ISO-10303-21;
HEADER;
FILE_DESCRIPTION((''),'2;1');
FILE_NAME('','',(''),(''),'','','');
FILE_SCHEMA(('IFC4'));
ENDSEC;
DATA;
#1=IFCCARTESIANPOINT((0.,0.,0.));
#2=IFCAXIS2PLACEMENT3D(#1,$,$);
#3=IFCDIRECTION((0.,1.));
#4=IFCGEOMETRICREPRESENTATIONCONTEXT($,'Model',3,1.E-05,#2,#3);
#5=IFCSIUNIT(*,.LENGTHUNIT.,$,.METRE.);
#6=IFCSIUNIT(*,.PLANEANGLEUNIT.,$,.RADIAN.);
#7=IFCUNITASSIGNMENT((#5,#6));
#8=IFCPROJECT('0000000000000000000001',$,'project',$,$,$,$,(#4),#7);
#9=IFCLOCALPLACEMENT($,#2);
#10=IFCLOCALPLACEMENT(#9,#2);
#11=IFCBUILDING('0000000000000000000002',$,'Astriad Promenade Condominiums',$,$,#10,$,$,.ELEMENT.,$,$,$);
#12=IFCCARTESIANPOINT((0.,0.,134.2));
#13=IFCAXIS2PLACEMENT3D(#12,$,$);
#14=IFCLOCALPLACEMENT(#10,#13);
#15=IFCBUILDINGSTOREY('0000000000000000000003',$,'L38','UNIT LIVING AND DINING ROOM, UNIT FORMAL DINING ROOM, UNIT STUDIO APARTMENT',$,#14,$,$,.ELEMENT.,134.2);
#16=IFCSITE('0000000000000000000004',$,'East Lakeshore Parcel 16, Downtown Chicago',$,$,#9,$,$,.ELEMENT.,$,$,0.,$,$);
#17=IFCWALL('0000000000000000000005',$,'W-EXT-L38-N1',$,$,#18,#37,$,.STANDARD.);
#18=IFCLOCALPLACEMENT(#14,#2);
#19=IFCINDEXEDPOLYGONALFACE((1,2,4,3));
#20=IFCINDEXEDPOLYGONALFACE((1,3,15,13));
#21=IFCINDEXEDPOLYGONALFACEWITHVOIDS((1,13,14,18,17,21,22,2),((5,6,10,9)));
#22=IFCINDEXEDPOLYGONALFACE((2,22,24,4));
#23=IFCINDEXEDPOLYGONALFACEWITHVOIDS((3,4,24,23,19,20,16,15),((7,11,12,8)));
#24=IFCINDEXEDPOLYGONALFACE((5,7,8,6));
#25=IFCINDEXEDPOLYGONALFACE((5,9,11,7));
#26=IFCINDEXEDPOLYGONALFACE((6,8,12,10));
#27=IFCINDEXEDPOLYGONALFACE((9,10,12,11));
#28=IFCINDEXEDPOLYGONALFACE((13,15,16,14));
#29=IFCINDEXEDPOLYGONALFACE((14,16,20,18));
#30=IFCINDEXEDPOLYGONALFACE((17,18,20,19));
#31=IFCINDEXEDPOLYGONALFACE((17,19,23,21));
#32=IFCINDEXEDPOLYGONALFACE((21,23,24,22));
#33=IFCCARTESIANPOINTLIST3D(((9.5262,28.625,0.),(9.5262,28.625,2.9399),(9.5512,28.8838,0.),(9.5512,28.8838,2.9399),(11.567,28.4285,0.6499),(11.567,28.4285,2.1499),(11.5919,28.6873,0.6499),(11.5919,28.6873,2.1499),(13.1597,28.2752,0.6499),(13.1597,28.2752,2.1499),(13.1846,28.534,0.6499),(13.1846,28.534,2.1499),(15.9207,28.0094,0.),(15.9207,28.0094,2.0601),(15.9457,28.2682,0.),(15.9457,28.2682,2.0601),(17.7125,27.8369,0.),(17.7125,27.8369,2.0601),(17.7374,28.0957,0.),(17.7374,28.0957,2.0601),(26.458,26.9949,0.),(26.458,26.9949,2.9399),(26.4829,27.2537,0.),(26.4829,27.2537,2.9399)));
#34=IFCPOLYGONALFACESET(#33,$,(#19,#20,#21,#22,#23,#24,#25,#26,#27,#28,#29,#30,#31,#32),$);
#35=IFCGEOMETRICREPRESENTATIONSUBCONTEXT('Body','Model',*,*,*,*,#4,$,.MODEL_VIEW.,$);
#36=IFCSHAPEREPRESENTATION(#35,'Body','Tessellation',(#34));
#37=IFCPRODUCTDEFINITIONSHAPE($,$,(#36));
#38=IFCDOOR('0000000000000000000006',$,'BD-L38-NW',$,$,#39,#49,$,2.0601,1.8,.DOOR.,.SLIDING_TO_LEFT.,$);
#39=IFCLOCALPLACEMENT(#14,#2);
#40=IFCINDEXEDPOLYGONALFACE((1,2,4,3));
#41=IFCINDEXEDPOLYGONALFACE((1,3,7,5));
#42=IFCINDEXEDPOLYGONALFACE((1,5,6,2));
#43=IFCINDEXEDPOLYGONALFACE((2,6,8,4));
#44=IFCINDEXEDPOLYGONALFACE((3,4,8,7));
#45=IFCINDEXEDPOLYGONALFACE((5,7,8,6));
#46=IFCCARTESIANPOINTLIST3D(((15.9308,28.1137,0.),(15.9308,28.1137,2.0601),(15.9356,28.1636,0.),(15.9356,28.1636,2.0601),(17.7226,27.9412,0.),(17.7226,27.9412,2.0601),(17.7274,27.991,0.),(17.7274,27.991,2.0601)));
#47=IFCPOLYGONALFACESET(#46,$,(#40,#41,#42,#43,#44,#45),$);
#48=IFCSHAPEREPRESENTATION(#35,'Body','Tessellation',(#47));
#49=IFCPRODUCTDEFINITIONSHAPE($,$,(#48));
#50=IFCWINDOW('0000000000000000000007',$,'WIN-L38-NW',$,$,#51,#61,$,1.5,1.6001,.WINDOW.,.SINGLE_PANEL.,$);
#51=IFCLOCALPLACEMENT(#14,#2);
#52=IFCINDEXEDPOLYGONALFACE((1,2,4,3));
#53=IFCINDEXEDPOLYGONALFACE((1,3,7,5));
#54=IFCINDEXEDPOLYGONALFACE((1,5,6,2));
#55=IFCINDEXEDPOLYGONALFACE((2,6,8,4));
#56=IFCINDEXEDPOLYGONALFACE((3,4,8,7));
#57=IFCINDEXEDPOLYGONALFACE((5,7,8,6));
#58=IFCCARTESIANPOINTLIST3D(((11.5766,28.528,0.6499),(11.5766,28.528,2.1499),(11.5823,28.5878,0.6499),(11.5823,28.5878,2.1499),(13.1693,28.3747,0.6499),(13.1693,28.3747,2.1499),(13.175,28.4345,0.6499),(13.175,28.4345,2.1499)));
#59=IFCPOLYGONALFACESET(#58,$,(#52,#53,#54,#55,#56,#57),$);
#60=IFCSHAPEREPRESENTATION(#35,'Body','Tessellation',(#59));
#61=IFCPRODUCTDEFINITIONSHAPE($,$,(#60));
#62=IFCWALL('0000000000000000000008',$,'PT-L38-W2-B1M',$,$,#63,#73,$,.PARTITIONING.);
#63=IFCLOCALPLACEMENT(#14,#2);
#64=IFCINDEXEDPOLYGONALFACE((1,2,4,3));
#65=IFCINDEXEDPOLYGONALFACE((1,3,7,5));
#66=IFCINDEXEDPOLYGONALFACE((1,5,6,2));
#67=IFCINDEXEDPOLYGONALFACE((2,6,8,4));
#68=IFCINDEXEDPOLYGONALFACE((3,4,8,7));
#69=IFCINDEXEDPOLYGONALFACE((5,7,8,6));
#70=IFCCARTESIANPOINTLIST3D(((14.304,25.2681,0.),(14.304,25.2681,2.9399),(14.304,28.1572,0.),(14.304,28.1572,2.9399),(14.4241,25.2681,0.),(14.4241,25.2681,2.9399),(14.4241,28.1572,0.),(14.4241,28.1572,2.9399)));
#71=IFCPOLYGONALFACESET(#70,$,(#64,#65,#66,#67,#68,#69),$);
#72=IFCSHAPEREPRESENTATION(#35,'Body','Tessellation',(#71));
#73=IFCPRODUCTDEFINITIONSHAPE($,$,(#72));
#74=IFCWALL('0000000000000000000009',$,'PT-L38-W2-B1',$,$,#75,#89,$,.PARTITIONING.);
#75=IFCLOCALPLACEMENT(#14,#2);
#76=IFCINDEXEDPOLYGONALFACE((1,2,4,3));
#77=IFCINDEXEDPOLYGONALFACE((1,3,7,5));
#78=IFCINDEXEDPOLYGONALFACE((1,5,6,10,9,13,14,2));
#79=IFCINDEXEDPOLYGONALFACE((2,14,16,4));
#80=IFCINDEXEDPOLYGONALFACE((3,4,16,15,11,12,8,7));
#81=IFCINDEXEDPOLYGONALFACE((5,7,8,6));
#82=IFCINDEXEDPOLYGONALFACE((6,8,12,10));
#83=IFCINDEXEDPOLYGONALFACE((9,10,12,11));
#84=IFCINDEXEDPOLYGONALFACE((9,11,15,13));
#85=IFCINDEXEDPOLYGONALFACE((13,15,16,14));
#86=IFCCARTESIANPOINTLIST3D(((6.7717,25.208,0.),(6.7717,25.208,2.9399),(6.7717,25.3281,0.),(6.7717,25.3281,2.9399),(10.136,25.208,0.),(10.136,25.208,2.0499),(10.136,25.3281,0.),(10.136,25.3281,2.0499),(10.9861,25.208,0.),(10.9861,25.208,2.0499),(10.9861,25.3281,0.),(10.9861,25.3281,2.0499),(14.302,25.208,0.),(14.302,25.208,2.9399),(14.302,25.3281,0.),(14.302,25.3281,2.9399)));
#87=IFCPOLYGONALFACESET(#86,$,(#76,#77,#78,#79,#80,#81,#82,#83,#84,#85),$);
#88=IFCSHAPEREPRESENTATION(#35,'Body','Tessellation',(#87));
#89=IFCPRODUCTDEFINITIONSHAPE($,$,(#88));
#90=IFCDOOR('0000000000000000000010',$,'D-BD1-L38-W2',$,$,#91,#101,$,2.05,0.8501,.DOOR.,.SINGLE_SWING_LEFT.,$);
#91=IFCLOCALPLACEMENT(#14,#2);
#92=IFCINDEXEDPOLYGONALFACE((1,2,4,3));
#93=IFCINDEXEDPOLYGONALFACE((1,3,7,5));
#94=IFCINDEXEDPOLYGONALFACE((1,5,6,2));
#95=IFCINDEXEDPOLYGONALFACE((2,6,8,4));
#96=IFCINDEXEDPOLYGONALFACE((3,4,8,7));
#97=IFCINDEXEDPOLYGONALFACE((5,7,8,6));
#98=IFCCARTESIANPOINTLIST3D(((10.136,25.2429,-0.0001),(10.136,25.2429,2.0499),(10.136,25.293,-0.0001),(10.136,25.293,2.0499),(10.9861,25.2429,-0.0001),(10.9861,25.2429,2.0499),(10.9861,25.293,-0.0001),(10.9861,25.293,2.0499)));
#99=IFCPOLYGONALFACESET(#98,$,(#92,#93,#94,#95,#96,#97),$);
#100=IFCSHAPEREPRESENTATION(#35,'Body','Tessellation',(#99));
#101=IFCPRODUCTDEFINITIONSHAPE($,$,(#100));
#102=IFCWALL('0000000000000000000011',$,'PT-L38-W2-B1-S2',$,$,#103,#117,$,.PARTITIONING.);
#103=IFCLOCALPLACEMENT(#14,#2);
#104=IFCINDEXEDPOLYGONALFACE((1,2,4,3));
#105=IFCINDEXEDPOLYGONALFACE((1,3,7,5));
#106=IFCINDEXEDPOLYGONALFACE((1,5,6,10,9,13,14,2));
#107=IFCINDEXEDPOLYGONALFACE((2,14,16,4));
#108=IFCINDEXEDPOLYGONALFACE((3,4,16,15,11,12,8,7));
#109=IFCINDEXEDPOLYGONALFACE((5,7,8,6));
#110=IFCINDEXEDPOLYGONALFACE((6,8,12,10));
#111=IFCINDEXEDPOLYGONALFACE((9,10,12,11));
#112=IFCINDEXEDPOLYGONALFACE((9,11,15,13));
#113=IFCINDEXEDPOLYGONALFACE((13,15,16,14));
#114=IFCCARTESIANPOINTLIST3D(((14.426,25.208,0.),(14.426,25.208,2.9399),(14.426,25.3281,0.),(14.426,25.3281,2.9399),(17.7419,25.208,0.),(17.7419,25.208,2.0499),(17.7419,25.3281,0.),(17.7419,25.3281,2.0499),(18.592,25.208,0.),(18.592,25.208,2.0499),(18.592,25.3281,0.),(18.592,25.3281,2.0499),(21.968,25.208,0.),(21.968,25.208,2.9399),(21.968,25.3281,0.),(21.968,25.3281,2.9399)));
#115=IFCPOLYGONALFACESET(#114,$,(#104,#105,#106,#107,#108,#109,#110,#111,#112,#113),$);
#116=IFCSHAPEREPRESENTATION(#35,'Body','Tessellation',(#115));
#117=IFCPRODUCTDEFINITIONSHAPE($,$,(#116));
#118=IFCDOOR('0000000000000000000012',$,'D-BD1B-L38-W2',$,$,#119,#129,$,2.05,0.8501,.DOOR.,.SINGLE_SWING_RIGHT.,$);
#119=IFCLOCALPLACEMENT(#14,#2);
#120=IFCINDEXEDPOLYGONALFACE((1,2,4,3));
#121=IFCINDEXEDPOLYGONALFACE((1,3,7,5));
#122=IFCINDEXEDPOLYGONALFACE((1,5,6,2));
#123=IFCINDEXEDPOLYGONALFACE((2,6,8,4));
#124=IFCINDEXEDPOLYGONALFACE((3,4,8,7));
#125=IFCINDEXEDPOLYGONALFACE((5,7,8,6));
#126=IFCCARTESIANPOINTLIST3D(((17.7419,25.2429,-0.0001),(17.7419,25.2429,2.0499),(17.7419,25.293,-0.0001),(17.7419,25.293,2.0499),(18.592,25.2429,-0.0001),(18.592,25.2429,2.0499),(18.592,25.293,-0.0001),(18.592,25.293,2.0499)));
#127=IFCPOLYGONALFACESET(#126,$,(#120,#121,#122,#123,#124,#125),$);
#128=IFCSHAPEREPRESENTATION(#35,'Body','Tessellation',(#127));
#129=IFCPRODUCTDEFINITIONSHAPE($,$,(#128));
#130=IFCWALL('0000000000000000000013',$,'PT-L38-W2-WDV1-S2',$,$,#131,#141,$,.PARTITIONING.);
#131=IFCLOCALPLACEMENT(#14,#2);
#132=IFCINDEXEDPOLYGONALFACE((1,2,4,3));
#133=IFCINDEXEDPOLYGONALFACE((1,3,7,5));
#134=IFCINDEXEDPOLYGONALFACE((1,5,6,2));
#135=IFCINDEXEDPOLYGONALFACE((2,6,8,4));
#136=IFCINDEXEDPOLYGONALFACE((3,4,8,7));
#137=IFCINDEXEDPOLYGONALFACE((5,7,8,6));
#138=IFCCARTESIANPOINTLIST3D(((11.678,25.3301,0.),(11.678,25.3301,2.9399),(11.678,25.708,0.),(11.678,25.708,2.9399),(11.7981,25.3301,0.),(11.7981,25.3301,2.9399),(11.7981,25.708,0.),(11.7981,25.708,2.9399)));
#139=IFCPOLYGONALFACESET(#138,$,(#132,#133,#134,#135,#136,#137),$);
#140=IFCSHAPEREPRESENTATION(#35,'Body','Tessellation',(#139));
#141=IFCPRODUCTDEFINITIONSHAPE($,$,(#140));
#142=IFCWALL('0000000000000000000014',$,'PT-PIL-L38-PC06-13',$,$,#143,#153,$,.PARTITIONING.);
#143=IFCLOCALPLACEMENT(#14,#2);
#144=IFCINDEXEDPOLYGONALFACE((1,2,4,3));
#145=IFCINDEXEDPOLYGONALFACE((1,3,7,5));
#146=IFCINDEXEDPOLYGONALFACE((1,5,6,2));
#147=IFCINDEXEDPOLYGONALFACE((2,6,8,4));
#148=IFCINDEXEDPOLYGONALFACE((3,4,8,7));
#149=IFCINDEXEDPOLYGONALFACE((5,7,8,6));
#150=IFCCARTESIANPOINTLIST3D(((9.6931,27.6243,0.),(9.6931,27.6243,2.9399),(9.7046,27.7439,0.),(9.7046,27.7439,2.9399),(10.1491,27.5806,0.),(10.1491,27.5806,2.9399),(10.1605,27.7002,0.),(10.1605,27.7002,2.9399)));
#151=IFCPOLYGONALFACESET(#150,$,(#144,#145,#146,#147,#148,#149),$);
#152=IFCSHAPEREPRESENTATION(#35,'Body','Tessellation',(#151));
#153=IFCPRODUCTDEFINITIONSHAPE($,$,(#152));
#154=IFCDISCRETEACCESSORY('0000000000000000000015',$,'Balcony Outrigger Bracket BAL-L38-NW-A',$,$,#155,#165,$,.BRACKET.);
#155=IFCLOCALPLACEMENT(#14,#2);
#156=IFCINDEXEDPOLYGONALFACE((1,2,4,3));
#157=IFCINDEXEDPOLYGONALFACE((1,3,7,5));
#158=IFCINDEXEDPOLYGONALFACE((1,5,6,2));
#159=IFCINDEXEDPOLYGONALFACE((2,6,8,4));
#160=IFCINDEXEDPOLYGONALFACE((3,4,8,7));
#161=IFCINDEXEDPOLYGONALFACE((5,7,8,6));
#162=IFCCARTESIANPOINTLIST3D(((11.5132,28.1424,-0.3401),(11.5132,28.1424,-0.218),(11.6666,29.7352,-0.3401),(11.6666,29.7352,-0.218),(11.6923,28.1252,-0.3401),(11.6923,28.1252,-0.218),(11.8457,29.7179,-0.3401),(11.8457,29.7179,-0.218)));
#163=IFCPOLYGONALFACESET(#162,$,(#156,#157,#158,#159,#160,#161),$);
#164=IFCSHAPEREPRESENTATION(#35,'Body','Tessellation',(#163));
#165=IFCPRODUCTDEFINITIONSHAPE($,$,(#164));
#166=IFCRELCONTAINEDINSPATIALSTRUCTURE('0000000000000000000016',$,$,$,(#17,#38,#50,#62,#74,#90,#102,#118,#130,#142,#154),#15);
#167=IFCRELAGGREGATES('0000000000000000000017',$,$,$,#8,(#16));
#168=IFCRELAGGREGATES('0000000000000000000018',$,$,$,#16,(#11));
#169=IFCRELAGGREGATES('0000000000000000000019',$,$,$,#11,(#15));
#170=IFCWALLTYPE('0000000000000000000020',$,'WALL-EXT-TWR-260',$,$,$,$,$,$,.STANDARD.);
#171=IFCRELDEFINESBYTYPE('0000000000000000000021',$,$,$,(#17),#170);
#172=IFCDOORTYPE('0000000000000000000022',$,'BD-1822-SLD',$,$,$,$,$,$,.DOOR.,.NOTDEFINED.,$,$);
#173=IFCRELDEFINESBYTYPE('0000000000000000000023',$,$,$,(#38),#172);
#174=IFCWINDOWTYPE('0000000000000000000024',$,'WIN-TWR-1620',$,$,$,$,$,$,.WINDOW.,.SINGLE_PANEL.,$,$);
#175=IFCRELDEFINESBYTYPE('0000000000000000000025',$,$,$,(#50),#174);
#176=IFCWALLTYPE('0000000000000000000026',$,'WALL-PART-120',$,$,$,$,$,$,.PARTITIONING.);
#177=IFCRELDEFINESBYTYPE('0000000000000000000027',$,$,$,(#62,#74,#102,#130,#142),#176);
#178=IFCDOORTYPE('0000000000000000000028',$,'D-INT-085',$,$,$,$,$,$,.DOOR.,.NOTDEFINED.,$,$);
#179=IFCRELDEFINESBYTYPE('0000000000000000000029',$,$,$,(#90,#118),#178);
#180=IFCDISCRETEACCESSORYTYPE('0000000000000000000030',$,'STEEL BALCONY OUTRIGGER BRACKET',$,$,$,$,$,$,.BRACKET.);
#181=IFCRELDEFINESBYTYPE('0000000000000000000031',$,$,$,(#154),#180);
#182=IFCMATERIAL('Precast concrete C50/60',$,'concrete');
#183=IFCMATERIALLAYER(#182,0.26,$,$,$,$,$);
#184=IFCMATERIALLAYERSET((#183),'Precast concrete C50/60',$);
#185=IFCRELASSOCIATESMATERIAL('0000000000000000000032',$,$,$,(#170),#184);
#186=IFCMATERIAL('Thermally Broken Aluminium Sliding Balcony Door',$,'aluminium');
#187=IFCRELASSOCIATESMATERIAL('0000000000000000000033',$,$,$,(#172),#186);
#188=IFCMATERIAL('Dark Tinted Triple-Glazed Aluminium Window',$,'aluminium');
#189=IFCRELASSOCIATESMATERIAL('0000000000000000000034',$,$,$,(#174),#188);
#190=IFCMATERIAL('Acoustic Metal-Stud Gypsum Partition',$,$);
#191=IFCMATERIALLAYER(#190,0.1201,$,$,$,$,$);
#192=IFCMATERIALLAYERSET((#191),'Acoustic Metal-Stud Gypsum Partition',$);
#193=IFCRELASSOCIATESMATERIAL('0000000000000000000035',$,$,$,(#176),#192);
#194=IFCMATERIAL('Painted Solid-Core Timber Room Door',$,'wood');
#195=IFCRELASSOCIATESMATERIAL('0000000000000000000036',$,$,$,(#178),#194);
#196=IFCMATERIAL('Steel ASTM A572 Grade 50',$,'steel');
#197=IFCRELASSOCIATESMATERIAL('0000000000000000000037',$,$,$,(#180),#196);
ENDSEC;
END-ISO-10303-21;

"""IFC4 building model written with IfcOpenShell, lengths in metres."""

from ifc_helpers import new_model, si_unit, direction, frame, frame_2d, origin, origin_2d, place, context, subcontext, project, spatial, rectangle, extrude, source, transform, mapped, material, layer, layer_set, type_object, type_shapes, element, fill, save


model = new_model("IFC4")

# Units and contexts
model_context = context("Model", 3, precision=1e-05, world=origin(), true_north=direction((0.0, 1.0)))
body_context = subcontext(model_context, "Body", "Model", "MODEL_VIEW")
ifc_project = project(units=[si_unit("LENGTHUNIT", "METRE"), si_unit("PLANEANGLEUNIT", "RADIAN")], contexts=[model_context])

# Site, building, storey
site_placement = place(None, origin())
site = spatial("IfcSite", under=ifc_project, at=site_placement, Name="East Lakeshore Parcel 16, Downtown Chicago", CompositionType="ELEMENT", RefElevation=0.0)
building_placement = place(site_placement, origin())
building = spatial("IfcBuilding", under=site, at=building_placement, Name="Astriad Promenade Condominiums", CompositionType="ELEMENT")
storey_placement = place(building_placement, frame((0.0, 0.0, 134.2)))
storey = spatial("IfcBuildingStorey", under=building, at=storey_placement, Name="L38", Description="UNIT LIVING AND DINING ROOM, UNIT FORMAL DINING ROOM, UNIT STUDIO APARTMENT", CompositionType="ELEMENT", Elevation=134.2)

# Shared definitions
ifc_material_1 = material(Name="Precast concrete C50/60", Category="concrete")
ifc_layer_1 = layer(ifc_material_1, 0.26)
ifc_layer_set_1 = layer_set([ifc_layer_1], Name="Precast concrete C50/60")
wall_type_1 = type_object("IfcWallType", Name="WALL-EXT-TWR-260", PredefinedType="STANDARD", material=ifc_layer_set_1)

# Wall, openings, door, window
wall_1_placement = place(storey_placement, frame((9.5388, 28.7544, 0.0), z_axis=(0.0, 0.0, 1.0), x_axis=(0.995397, -0.095834, 0.0)))
wall_1 = element("IfcWall", 1, at=wall_1_placement, inside=storey, type_object=wall_type_1, Name="W-EXT-L38-N1", PredefinedType="STANDARD", context=body_context, shape_type="SweptSolid", body=[
    extrude(rectangle(XDim=17.01, YDim=0.26, at=frame_2d((8.5049, 0.0))), origin(), (0.0, 0.0, 1.0), 2.9399),
])
opening_1_placement = place(wall_1_placement, frame((6.4241, 0.0, 0.0)))
opening_1 = element("IfcOpeningElement", 2, at=opening_1_placement, cuts=wall_1, PredefinedType="OPENING", context=body_context, shape_type="SweptSolid", body=[
    extrude(rectangle(XDim=1.8, YDim=2.0601, at=frame_2d((0.8999, 1.03))), frame((0.0, 0.1399, 0.0), z_axis=(0.0, -1.0, 0.0), x_axis=(1.0, 0.0, 0.0)), (0.0, 0.0, 1.0), 0.28),
])
opening_2_placement = place(wall_1_placement, frame((2.05, 0.0, 0.6499)))
opening_2 = element("IfcOpeningElement", 3, at=opening_2_placement, cuts=wall_1, PredefinedType="OPENING", context=body_context, shape_type="SweptSolid", body=[
    extrude(rectangle(XDim=1.6001, YDim=1.5, at=frame_2d((0.8, 0.75))), frame((0.0, 0.1399, 0.0), z_axis=(0.0, -1.0, 0.0), x_axis=(1.0, 0.0, 0.0)), (0.0, 0.0, 1.0), 0.28),
])
ifc_material_2 = material(Name="Thermally Broken Aluminium Sliding Balcony Door", Category="aluminium")
door_type_1 = type_object("IfcDoorType", Name="BD-1822-SLD", OperationType="NOTDEFINED", PredefinedType="DOOR", material=ifc_material_2)
shared_shape_1 = source(origin(), body_context, "Body", "SweptSolid", [
    extrude(rectangle(XDim=1.8, YDim=2.0601, at=frame_2d((0.8999, 1.03))), frame((0.0, 0.0249, 0.0), z_axis=(0.0, -1.0, 0.0), x_axis=(1.0, 0.0, 0.0)), (0.0, 0.0, 1.0), 0.05),
])
type_shapes(door_type_1, [shared_shape_1])
door_1_placement = place(opening_1_placement, origin())
door_1 = element("IfcDoor", 4, at=door_1_placement, inside=storey, type_object=door_type_1, Name="BD-L38-NW", OperationType="SLIDING_TO_LEFT", OverallHeight=2.0601, OverallWidth=1.8, PredefinedType="DOOR", context=body_context, shape_type="MappedRepresentation", body=[
    mapped(shared_shape_1, transform((0.0, 0.0, 0.0), scale=1.0)),
])
fill(opening_1, door_1)
ifc_material_3 = material(Name="Dark Tinted Triple-Glazed Aluminium Window", Category="aluminium")
window_type = type_object("IfcWindowType", Name="WIN-TWR-1620", PartitioningType="SINGLE_PANEL", PredefinedType="WINDOW", material=ifc_material_3)
shared_shape_2 = source(origin(), body_context, "Body", "SweptSolid", [
    extrude(rectangle(XDim=1.6001, YDim=1.5, at=frame_2d((0.8, 0.75))), frame((0.0, 0.03, 0.0), z_axis=(0.0, -1.0, 0.0), x_axis=(1.0, 0.0, 0.0)), (0.0, 0.0, 1.0), 0.0601),
])
type_shapes(window_type, [shared_shape_2])
window_placement = place(opening_2_placement, origin())
window = element("IfcWindow", 5, at=window_placement, inside=storey, type_object=window_type, Name="WIN-L38-NW", OverallHeight=1.5, OverallWidth=1.6001, PartitioningType="SINGLE_PANEL", PredefinedType="WINDOW", context=body_context, shape_type="MappedRepresentation", body=[
    mapped(shared_shape_2, transform((0.0, 0.0, 0.0), scale=1.0)),
])
fill(opening_2, window)

# Wall
ifc_material_4 = material(Name="Acoustic Metal-Stud Gypsum Partition")
ifc_layer_2 = layer(ifc_material_4, 0.1201)
ifc_layer_set_2 = layer_set([ifc_layer_2], Name="Acoustic Metal-Stud Gypsum Partition")
wall_type_2 = type_object("IfcWallType", Name="WALL-PART-120", PredefinedType="PARTITIONING", material=ifc_layer_set_2)
wall_2_placement = place(storey_placement, frame((14.364, 25.2681, 0.0), z_axis=(0.0, 0.0, 1.0), x_axis=(0.0, 1.0, 0.0)))
element("IfcWall", 6, at=wall_2_placement, inside=storey, type_object=wall_type_2, Name="PT-L38-W2-B1M", PredefinedType="PARTITIONING", context=body_context, shape_type="SweptSolid", body=[
    extrude(rectangle(XDim=2.8892, YDim=0.1201, at=frame_2d((1.4446, 0.0))), origin(), (0.0, 0.0, 1.0), 2.9399),
])

# Walls, openings, doors
wall_3_placement = place(storey_placement, frame((6.7717, 25.2681, 0.0), z_axis=(0.0, 0.0, 1.0), x_axis=(1.0, 0.0, 0.0)))
wall_3 = element("IfcWall", 7, at=wall_3_placement, inside=storey, type_object=wall_type_2, Name="PT-L38-W2-B1", PredefinedType="PARTITIONING", context=body_context, shape_type="SweptSolid", body=[
    extrude(rectangle(XDim=7.5303, YDim=0.1201, at=frame_2d((3.7651, 0.0))), origin(), (0.0, 0.0, 1.0), 2.9399),
])
opening_3_placement = place(wall_3_placement, frame((3.3643, 0.0, 0.0)))
opening_3 = element("IfcOpeningElement", 8, at=opening_3_placement, cuts=wall_3, PredefinedType="OPENING", context=body_context, shape_type="SweptSolid", body=[
    extrude(rectangle(XDim=0.8501, YDim=2.05, at=frame_2d((0.425, 1.0249))), frame((0.0, 0.0701, 0.0), z_axis=(0.0, -1.0, 0.0), x_axis=(1.0, 0.0, 0.0)), (0.0, 0.0, 1.0), 0.1401),
])
ifc_material_5 = material(Name="Painted Solid-Core Timber Room Door", Category="wood")
door_type_2 = type_object("IfcDoorType", Name="D-INT-085", OperationType="NOTDEFINED", PredefinedType="DOOR", material=ifc_material_5)
shared_shape_3 = source(origin(), body_context, "Body", "SweptSolid", [
    extrude(rectangle(XDim=0.8501, YDim=2.05, at=frame_2d((0.425, 1.0249))), frame((0.0, 0.0249, 0.0), z_axis=(0.0, -1.0, 0.0), x_axis=(1.0, 0.0, 0.0)), (0.0, 0.0, 1.0), 0.05),
])
type_shapes(door_type_2, [shared_shape_3])
door_2_placement = place(opening_3_placement, origin())
door_2 = element("IfcDoor", 9, at=door_2_placement, inside=storey, type_object=door_type_2, Name="D-BD1-L38-W2", OperationType="SINGLE_SWING_LEFT", OverallHeight=2.05, OverallWidth=0.8501, PredefinedType="DOOR", context=body_context, shape_type="MappedRepresentation", body=[
    mapped(shared_shape_3, transform((0.0, 0.0, 0.0), scale=1.0)),
])
fill(opening_3, door_2)
wall_4_placement = place(storey_placement, frame((14.426, 25.2681, 0.0), z_axis=(0.0, 0.0, 1.0), x_axis=(1.0, 0.0, 0.0)))
wall_4 = element("IfcWall", 10, at=wall_4_placement, inside=storey, type_object=wall_type_2, Name="PT-L38-W2-B1-S2", PredefinedType="PARTITIONING", context=body_context, shape_type="SweptSolid", body=[
    extrude(rectangle(XDim=7.542, YDim=0.1201, at=frame_2d((3.771, 0.0))), origin(), (0.0, 0.0, 1.0), 2.9399),
])
opening_4_placement = place(wall_4_placement, frame((3.3159, 0.0, 0.0)))
opening_4 = element("IfcOpeningElement", 11, at=opening_4_placement, cuts=wall_4, PredefinedType="OPENING", context=body_context, shape_type="SweptSolid", body=[
    extrude(rectangle(XDim=0.8501, YDim=2.05, at=frame_2d((0.425, 1.0249))), frame((0.0, 0.0701, 0.0), z_axis=(0.0, -1.0, 0.0), x_axis=(1.0, 0.0, 0.0)), (0.0, 0.0, 1.0), 0.1401),
])
door_3_placement = place(opening_4_placement, origin())
door_3 = element("IfcDoor", 12, at=door_3_placement, inside=storey, type_object=door_type_2, Name="D-BD1B-L38-W2", OperationType="SINGLE_SWING_RIGHT", OverallHeight=2.05, OverallWidth=0.8501, PredefinedType="DOOR", context=body_context, shape_type="MappedRepresentation", body=[
    mapped(shared_shape_3, transform((0.0, 0.0, 0.0), scale=1.0)),
])
fill(opening_4, door_3)

# Walls
wall_5_placement = place(storey_placement, frame((11.738, 25.3301, 0.0), z_axis=(0.0, 0.0, 1.0), x_axis=(0.0, 1.0, 0.0)))
element("IfcWall", 13, at=wall_5_placement, inside=storey, type_object=wall_type_2, Name="PT-L38-W2-WDV1-S2", PredefinedType="PARTITIONING", context=body_context, shape_type="SweptSolid", body=[
    extrude(rectangle(XDim=0.3779, YDim=0.1201, at=frame_2d((0.189, 0.0))), origin(), (0.0, 0.0, 1.0), 2.9399),
])
wall_6_placement = place(storey_placement, frame((10.1548, 27.6404, 0.0), z_axis=(0.0, 0.0, 1.0), x_axis=(-0.995435, 0.095438, 0.0)))
element("IfcWall", 14, at=wall_6_placement, inside=storey, type_object=wall_type_2, Name="PT-PIL-L38-PC06-13", PredefinedType="PARTITIONING", context=body_context, shape_type="SweptSolid", body=[
    extrude(rectangle(XDim=0.458, YDim=0.1201, at=frame_2d((0.229, 0.0))), origin(), (0.0, 0.0, 1.0), 2.9399),
])

# Discrete accessory
ifc_material_6 = material(Name="Steel ASTM A572 Grade 50", Category="steel")
discrete_accessory_type = type_object("IfcDiscreteAccessoryType", Name="STEEL BALCONY OUTRIGGER BRACKET", PredefinedType="BRACKET", material=ifc_material_6)
shared_shape_4 = source(origin(), body_context, "Body", "SweptSolid", [
    extrude(rectangle(XDim=1.6001, YDim=0.1799, at=origin_2d()), origin(), (0.0, 0.0, 1.0), 0.1221),
])
type_shapes(discrete_accessory_type, [shared_shape_4])
discrete_accessory_placement = place(storey_placement, frame((11.6794, 28.9302, -0.3401), z_axis=(0.0, 0.0, 1.0), x_axis=(0.095846, 0.995396, 0.0)))
element("IfcDiscreteAccessory", 15, at=discrete_accessory_placement, inside=storey, type_object=discrete_accessory_type, Name="Balcony Outrigger Bracket BAL-L38-NW-A", PredefinedType="BRACKET", context=body_context, shape_type="MappedRepresentation", body=[
    mapped(shared_shape_4, transform((0.0, 0.0, 0.0), scale=1.0)),
])

save(model, "model.ifc")
